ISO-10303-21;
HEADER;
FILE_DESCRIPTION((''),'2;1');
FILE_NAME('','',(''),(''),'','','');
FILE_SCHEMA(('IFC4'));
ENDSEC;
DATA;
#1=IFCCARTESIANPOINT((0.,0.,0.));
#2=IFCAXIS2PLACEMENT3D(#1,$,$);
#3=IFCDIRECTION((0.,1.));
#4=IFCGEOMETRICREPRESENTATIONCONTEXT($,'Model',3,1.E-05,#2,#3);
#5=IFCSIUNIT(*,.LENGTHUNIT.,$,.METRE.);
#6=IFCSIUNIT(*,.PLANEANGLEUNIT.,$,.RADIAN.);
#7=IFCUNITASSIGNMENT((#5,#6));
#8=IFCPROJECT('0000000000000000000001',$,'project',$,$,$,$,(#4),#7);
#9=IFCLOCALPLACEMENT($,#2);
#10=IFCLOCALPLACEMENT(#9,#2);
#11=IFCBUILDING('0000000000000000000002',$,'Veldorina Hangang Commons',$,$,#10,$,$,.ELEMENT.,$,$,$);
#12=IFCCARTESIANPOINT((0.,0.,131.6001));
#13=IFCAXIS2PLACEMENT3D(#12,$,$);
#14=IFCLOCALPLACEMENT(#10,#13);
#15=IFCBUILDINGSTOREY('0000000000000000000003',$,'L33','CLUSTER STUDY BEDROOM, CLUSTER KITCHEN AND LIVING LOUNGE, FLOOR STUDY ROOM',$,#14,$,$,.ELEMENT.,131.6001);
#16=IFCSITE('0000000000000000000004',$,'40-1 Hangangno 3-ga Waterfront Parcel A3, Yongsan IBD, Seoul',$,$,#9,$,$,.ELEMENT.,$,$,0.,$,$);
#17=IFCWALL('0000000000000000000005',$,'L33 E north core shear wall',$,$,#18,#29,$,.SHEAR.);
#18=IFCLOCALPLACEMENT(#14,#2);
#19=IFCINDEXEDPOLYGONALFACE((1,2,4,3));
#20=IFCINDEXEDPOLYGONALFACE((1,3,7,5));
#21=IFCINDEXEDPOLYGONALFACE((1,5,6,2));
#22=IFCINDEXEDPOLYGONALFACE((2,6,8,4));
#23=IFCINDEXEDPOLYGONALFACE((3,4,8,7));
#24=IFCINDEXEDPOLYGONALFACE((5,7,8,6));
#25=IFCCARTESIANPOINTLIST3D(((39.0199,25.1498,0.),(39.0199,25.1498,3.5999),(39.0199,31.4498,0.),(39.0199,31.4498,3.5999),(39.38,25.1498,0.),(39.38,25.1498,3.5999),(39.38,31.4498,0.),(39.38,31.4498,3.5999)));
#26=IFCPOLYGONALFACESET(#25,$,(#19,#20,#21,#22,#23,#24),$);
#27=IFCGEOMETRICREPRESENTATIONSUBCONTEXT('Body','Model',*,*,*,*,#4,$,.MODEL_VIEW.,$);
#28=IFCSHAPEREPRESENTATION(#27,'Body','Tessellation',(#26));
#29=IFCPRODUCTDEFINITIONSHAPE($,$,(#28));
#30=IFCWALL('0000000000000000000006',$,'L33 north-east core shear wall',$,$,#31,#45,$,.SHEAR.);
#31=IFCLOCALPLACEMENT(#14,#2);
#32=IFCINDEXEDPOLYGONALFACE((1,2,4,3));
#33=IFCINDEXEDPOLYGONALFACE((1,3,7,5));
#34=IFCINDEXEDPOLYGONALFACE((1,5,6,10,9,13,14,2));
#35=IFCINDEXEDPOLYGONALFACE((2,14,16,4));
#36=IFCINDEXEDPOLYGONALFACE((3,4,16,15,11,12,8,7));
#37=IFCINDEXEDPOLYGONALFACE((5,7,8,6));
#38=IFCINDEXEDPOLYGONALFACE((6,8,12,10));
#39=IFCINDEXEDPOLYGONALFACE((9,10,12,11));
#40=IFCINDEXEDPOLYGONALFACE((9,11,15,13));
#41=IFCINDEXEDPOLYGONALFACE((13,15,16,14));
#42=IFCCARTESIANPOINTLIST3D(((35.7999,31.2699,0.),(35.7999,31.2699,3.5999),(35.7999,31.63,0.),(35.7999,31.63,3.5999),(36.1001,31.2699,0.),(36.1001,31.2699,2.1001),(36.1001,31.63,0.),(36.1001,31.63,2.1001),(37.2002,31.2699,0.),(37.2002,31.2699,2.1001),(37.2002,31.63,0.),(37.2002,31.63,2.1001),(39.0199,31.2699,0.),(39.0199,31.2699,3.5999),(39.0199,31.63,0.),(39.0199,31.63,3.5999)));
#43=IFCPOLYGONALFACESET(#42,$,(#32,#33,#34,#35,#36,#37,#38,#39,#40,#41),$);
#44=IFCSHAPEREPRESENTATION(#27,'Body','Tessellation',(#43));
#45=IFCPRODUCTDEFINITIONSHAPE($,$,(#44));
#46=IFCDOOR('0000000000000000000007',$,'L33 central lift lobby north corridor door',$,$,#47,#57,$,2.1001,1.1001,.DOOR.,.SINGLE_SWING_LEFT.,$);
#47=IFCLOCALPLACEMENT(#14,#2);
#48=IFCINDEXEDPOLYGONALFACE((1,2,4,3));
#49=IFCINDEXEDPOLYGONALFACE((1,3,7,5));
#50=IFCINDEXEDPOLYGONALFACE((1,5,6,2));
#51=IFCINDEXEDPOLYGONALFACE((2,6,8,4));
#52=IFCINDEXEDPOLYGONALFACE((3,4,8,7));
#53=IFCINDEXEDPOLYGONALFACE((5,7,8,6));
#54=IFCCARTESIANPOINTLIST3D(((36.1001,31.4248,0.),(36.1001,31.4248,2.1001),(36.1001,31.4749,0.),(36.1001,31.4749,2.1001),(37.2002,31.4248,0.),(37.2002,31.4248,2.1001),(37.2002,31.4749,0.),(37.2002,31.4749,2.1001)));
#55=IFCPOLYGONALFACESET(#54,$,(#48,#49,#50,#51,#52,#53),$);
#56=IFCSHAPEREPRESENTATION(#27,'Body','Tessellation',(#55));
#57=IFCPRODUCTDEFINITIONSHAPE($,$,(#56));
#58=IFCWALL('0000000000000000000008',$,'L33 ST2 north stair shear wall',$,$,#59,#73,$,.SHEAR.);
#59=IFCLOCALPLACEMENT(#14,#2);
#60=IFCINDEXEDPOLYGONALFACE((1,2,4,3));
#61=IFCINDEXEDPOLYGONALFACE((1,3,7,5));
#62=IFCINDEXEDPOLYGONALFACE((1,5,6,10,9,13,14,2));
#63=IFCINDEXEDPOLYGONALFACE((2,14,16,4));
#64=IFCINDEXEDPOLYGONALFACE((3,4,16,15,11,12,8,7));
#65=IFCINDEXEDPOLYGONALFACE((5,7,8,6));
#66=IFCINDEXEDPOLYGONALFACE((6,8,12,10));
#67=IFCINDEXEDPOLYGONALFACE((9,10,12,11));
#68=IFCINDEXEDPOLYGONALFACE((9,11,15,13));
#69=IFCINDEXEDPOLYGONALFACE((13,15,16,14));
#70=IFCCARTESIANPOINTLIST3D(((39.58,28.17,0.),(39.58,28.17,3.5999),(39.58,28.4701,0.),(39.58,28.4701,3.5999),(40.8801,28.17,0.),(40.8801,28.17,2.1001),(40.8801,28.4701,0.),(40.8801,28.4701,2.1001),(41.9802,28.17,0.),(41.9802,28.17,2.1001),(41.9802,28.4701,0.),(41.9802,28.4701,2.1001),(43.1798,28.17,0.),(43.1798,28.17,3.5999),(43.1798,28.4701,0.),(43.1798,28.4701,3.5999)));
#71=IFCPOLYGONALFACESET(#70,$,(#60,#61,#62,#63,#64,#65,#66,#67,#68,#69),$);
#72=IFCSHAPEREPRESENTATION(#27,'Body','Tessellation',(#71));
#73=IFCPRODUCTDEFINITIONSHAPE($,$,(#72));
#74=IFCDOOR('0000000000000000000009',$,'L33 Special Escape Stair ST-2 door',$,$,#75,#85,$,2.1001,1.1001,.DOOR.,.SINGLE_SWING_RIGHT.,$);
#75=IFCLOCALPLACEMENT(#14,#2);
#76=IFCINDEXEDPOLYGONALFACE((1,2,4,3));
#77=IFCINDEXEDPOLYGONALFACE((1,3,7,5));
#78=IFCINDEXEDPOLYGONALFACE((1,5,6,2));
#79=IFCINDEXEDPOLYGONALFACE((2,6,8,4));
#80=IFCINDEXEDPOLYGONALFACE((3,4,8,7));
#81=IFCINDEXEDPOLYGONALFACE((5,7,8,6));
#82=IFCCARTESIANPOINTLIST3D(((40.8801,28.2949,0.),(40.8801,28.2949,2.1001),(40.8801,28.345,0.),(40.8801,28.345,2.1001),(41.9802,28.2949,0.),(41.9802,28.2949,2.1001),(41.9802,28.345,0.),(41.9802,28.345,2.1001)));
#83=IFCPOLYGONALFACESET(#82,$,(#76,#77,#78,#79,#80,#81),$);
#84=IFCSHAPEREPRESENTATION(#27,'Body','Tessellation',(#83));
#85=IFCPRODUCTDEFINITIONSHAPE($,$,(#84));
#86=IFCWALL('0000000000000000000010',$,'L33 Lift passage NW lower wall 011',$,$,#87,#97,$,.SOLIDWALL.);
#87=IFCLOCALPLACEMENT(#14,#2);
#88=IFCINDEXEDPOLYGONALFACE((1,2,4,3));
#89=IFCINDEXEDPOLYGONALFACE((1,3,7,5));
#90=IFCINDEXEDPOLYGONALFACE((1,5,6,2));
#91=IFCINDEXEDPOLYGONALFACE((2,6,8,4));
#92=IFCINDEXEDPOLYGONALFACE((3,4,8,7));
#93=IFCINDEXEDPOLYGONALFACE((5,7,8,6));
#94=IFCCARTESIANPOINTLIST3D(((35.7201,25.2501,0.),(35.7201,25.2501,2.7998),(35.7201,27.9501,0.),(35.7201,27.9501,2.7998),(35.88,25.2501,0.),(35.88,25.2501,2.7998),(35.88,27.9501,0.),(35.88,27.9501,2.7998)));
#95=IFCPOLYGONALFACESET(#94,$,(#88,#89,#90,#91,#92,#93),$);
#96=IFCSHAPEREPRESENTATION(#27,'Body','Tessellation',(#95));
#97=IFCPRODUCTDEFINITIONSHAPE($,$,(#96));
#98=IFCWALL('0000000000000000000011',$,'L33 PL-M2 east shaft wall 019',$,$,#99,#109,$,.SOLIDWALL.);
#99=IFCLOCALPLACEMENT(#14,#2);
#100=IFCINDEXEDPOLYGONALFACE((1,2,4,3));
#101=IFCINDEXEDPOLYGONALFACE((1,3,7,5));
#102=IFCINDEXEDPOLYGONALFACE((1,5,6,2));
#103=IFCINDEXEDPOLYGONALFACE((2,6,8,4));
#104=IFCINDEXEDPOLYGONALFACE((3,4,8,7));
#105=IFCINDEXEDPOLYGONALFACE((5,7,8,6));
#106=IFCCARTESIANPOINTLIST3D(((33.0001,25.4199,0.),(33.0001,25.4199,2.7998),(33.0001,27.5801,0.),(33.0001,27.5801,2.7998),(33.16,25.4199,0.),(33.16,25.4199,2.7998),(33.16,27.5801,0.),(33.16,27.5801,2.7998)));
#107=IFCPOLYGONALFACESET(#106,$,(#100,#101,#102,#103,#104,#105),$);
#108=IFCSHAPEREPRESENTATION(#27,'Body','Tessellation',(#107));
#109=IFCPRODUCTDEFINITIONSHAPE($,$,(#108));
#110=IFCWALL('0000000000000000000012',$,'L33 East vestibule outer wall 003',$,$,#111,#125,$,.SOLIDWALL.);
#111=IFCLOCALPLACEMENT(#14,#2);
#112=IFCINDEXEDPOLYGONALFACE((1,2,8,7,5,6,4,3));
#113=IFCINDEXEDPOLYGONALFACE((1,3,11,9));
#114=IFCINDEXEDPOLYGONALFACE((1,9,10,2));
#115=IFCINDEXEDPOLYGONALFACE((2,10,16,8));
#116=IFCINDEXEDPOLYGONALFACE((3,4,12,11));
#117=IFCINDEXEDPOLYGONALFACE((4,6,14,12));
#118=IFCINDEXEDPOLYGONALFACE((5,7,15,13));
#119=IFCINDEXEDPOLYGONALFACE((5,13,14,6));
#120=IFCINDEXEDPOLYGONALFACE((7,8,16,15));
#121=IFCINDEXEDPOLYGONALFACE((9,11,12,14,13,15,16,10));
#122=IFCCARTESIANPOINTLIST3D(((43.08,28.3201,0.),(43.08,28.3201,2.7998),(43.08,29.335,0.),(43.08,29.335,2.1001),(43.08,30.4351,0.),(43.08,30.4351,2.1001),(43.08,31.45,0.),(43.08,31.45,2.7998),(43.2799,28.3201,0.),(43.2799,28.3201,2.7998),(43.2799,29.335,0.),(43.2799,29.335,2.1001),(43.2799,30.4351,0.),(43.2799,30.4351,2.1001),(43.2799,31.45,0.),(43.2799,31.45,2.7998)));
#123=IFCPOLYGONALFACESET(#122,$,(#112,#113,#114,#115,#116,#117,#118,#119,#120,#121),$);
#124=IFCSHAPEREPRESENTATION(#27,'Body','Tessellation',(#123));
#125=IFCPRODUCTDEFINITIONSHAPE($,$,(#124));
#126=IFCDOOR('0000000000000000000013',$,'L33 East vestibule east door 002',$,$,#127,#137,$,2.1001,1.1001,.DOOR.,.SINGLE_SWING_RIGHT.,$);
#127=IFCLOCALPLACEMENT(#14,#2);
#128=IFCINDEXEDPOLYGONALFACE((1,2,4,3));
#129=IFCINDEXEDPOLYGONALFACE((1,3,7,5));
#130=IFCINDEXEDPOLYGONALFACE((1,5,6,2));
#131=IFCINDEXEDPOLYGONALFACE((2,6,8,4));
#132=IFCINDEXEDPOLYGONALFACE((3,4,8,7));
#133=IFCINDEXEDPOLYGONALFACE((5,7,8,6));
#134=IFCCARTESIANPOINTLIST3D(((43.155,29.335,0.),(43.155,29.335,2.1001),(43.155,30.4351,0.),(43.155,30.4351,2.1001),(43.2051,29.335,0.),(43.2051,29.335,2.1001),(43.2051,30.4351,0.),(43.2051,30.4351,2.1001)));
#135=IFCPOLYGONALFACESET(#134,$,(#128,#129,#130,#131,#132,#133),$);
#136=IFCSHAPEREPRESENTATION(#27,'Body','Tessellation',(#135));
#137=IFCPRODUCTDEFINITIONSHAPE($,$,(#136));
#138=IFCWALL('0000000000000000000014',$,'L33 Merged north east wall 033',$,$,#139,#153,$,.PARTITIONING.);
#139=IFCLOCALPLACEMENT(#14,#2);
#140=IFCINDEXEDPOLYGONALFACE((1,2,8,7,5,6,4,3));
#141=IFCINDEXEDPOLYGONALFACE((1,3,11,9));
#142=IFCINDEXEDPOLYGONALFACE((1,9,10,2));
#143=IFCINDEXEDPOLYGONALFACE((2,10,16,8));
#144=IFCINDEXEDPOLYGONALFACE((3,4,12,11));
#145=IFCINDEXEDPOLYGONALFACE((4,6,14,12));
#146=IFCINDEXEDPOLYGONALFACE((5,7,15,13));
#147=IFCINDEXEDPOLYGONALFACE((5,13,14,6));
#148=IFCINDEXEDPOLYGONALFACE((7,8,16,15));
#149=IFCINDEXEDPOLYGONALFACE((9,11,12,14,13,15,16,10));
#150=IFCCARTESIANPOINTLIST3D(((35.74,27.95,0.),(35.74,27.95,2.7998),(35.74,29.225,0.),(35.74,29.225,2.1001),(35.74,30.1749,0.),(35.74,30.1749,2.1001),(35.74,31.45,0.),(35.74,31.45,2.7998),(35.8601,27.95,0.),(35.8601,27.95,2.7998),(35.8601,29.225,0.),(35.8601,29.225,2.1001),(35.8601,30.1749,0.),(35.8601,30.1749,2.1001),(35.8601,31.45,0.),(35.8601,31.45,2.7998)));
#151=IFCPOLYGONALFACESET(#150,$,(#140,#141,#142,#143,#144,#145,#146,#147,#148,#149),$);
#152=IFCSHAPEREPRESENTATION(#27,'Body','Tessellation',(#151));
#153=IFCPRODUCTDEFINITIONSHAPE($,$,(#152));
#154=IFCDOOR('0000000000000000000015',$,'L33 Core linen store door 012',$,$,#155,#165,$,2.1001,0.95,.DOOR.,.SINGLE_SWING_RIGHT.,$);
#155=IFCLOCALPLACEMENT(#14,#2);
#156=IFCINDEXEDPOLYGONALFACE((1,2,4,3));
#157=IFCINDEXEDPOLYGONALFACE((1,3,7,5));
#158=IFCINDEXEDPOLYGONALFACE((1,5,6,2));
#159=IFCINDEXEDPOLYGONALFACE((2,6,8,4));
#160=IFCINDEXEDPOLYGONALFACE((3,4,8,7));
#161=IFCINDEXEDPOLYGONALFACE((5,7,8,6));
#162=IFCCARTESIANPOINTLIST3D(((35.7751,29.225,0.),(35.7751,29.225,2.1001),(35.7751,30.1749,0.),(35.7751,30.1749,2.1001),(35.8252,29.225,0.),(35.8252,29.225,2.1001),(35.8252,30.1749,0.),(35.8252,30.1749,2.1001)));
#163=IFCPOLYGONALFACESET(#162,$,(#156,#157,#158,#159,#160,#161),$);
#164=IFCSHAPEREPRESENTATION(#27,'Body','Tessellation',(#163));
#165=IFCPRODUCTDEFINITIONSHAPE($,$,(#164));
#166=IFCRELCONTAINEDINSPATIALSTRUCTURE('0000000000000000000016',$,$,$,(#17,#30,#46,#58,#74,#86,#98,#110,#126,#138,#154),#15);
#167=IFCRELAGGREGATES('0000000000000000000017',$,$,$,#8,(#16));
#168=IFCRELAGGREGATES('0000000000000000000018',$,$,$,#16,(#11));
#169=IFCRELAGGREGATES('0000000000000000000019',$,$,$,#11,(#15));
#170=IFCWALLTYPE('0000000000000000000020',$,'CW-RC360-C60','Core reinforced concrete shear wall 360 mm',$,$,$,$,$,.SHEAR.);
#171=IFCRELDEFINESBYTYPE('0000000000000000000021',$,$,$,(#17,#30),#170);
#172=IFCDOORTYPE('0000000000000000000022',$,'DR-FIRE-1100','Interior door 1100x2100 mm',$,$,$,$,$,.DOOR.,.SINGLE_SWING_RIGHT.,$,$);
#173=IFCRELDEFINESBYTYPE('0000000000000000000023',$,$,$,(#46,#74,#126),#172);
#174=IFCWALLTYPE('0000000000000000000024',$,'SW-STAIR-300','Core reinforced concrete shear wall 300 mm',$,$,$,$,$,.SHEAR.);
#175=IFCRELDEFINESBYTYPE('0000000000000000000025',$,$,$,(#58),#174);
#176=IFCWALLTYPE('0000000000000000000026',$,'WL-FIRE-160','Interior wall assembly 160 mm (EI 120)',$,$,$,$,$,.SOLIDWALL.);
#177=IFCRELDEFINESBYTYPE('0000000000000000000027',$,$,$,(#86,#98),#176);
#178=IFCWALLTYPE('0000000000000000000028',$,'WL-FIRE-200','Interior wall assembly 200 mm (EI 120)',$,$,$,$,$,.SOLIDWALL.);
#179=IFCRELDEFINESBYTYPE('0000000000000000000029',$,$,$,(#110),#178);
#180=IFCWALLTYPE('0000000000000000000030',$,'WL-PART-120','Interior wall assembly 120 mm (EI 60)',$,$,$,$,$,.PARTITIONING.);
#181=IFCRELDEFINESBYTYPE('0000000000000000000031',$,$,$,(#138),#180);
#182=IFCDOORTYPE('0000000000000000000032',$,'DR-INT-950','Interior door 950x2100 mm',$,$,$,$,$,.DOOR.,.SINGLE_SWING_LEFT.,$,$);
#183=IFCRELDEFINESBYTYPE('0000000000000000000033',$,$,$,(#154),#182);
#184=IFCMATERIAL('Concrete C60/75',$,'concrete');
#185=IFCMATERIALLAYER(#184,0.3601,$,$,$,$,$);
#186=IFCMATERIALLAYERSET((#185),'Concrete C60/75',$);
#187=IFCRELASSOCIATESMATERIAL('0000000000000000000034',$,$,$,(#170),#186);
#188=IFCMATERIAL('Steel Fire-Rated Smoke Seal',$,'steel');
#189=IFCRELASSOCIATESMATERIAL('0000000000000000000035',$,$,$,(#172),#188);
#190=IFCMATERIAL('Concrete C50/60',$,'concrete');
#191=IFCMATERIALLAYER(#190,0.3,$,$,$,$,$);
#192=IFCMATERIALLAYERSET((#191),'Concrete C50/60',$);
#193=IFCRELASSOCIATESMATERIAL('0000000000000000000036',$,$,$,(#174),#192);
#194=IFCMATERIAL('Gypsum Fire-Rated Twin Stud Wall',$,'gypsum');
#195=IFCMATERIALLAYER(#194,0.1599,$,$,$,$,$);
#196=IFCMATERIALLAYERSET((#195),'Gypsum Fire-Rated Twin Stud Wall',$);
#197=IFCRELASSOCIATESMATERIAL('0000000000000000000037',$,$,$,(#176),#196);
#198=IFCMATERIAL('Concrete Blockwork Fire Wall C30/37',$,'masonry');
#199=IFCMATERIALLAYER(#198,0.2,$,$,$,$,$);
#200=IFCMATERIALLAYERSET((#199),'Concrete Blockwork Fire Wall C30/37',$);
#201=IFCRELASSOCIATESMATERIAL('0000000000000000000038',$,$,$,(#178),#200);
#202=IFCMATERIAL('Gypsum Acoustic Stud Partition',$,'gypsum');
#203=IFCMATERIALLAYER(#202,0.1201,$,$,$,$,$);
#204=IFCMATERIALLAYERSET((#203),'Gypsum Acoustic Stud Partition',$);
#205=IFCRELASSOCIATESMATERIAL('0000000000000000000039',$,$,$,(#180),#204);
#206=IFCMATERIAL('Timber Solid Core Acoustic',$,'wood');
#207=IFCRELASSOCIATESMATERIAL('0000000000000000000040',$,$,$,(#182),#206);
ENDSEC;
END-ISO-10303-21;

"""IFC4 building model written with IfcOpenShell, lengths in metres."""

from ifc_helpers import new_model, si_unit, direction, frame, frame_2d, origin, place, context, subcontext, project, spatial, rectangle, extrude, material, layer, layer_set, type_object, element, fill, save


model = new_model("IFC4")

# Units and contexts
model_context = context("Model", 3, precision=1e-05, world=origin(), true_north=direction((0.0, 1.0)))
body_context = subcontext(model_context, "Body", "Model", "MODEL_VIEW")
ifc_project = project(units=[si_unit("LENGTHUNIT", "METRE"), si_unit("PLANEANGLEUNIT", "RADIAN")], contexts=[model_context])

# Site, building, storey
site_placement = place(None, origin())
site = spatial("IfcSite", under=ifc_project, at=site_placement, Name="40-1 Hangangno 3-ga Waterfront Parcel A3, Yongsan IBD, Seoul", CompositionType="ELEMENT", RefElevation=0.0)
building_placement = place(site_placement, origin())
building = spatial("IfcBuilding", under=site, at=building_placement, Name="Veldorina Hangang Commons", CompositionType="ELEMENT")
storey_placement = place(building_placement, frame((0.0, 0.0, 131.6001)))
storey = spatial("IfcBuildingStorey", under=building, at=storey_placement, Name="L33", Description="CLUSTER STUDY BEDROOM, CLUSTER KITCHEN AND LIVING LOUNGE, FLOOR STUDY ROOM", CompositionType="ELEMENT", Elevation=131.6001)

# Wall
ifc_material_1 = material(Name="Concrete C60/75", Category="concrete")
ifc_layer_1 = layer(ifc_material_1, 0.3601)
ifc_layer_set_1 = layer_set([ifc_layer_1], Name="Concrete C60/75")
wall_type_1 = type_object("IfcWallType", Name="CW-RC360-C60", Description="Core reinforced concrete shear wall 360 mm", PredefinedType="SHEAR", material=ifc_layer_set_1)
wall_1_placement = place(storey_placement, frame((39.2, 25.1499, 0.0), z_axis=(0.0, 0.0, 1.0), x_axis=(0.0, 1.0, 0.0)))
element("IfcWall", 1, at=wall_1_placement, inside=storey, type_object=wall_type_1, Name="L33 E north core shear wall", PredefinedType="SHEAR", context=body_context, shape_type="SweptSolid", body=[
    extrude(rectangle(XDim=6.3, YDim=0.3601, at=frame_2d((3.1499, 0.0))), origin(), (0.0, 0.0, 1.0), 3.5999),
])

# Walls, openings, doors
wall_2_placement = place(storey_placement, frame((35.8, 31.45, 0.0), z_axis=(0.0, 0.0, 1.0), x_axis=(1.0, 0.0, 0.0)))
wall_2 = element("IfcWall", 2, at=wall_2_placement, inside=storey, type_object=wall_type_1, Name="L33 north-east core shear wall", PredefinedType="SHEAR", context=body_context, shape_type="SweptSolid", body=[
    extrude(rectangle(XDim=3.22, YDim=0.3601, at=frame_2d((1.6099, 0.0))), origin(), (0.0, 0.0, 1.0), 3.5999),
])
opening_1_placement = place(wall_2_placement, frame((0.3, 0.0, 0.0)))
opening_1 = element("IfcOpeningElement", 3, at=opening_1_placement, cuts=wall_2, PredefinedType="OPENING", context=body_context, shape_type="SweptSolid", body=[
    extrude(rectangle(XDim=1.1001, YDim=2.1001, at=frame_2d((0.55, 1.05))), frame((0.0, 0.1899, 0.0), z_axis=(0.0, -1.0, 0.0), x_axis=(1.0, 0.0, 0.0)), (0.0, 0.0, 1.0), 0.3801),
])
ifc_material_2 = material(Name="Steel Fire-Rated Smoke Seal", Category="steel")
door_type_1 = type_object("IfcDoorType", Name="DR-FIRE-1100", Description="Interior door 1100x2100 mm", OperationType="SINGLE_SWING_RIGHT", PredefinedType="DOOR", material=ifc_material_2)
door_1_placement = place(opening_1_placement, origin())
door_1 = element("IfcDoor", 4, at=door_1_placement, inside=storey, type_object=door_type_1, Name="L33 central lift lobby north corridor door", OperationType="SINGLE_SWING_LEFT", OverallHeight=2.1001, OverallWidth=1.1001, PredefinedType="DOOR", context=body_context, shape_type="SweptSolid", body=[
    extrude(rectangle(XDim=1.1001, YDim=2.1001, at=frame_2d((0.55, 1.05))), frame((0.0, 0.0249, 0.0), z_axis=(0.0, -1.0, 0.0), x_axis=(1.0, 0.0, 0.0)), (0.0, 0.0, 1.0), 0.05),
])
fill(opening_1, door_1)
ifc_material_3 = material(Name="Concrete C50/60", Category="concrete")
ifc_layer_2 = layer(ifc_material_3, 0.3)
ifc_layer_set_2 = layer_set([ifc_layer_2], Name="Concrete C50/60")
wall_type_2 = type_object("IfcWallType", Name="SW-STAIR-300", Description="Core reinforced concrete shear wall 300 mm", PredefinedType="SHEAR", material=ifc_layer_set_2)
wall_3_placement = place(storey_placement, frame((39.5801, 28.3201, 0.0), z_axis=(0.0, 0.0, 1.0), x_axis=(1.0, 0.0, 0.0)))
wall_3 = element("IfcWall", 5, at=wall_3_placement, inside=storey, type_object=wall_type_2, Name="L33 ST2 north stair shear wall", PredefinedType="SHEAR", context=body_context, shape_type="SweptSolid", body=[
    extrude(rectangle(XDim=3.5999, YDim=0.3, at=frame_2d((1.7998, 0.0))), origin(), (0.0, 0.0, 1.0), 3.5999),
])
opening_2_placement = place(wall_3_placement, frame((1.3, 0.0, 0.0)))
opening_2 = element("IfcOpeningElement", 6, at=opening_2_placement, cuts=wall_3, PredefinedType="OPENING", context=body_context, shape_type="SweptSolid", body=[
    extrude(rectangle(XDim=1.1001, YDim=2.1001, at=frame_2d((0.55, 1.05))), frame((0.0, 0.1602, 0.0), z_axis=(0.0, -1.0, 0.0), x_axis=(1.0, 0.0, 0.0)), (0.0, 0.0, 1.0), 0.3201),
])
door_2_placement = place(opening_2_placement, origin())
door_2 = element("IfcDoor", 7, at=door_2_placement, inside=storey, type_object=door_type_1, Name="L33 Special Escape Stair ST-2 door", OperationType="SINGLE_SWING_RIGHT", OverallHeight=2.1001, OverallWidth=1.1001, PredefinedType="DOOR", context=body_context, shape_type="SweptSolid", body=[
    extrude(rectangle(XDim=1.1001, YDim=2.1001, at=frame_2d((0.55, 1.05))), frame((0.0, 0.0249, 0.0), z_axis=(0.0, -1.0, 0.0), x_axis=(1.0, 0.0, 0.0)), (0.0, 0.0, 1.0), 0.05),
])
fill(opening_2, door_2)

# Walls
ifc_material_4 = material(Name="Gypsum Fire-Rated Twin Stud Wall", Category="gypsum")
ifc_layer_3 = layer(ifc_material_4, 0.1599)
ifc_layer_set_3 = layer_set([ifc_layer_3], Name="Gypsum Fire-Rated Twin Stud Wall")
wall_type_3 = type_object("IfcWallType", Name="WL-FIRE-160", Description="Interior wall assembly 160 mm (EI 120)", PredefinedType="SOLIDWALL", material=ifc_layer_set_3)
wall_4_placement = place(storey_placement, frame((35.8, 25.25, 0.0), z_axis=(0.0, 0.0, 1.0), x_axis=(0.0, 1.0, 0.0)))
element("IfcWall", 8, at=wall_4_placement, inside=storey, type_object=wall_type_3, Name="L33 Lift passage NW lower wall 011", PredefinedType="SOLIDWALL", context=body_context, shape_type="SweptSolid", body=[
    extrude(rectangle(XDim=2.7, YDim=0.1599, at=frame_2d((1.3501, 0.0))), origin(), (0.0, 0.0, 1.0), 2.7998),
])
wall_5_placement = place(storey_placement, frame((33.0801, 25.4199, 0.0), z_axis=(0.0, 0.0, 1.0), x_axis=(0.0, 1.0, 0.0)))
element("IfcWall", 9, at=wall_5_placement, inside=storey, type_object=wall_type_3, Name="L33 PL-M2 east shaft wall 019", PredefinedType="SOLIDWALL", context=body_context, shape_type="SweptSolid", body=[
    extrude(rectangle(XDim=2.1602, YDim=0.1599, at=frame_2d((1.0801, 0.0))), origin(), (0.0, 0.0, 1.0), 2.7998),
])

# Walls, openings, doors
ifc_material_5 = material(Name="Concrete Blockwork Fire Wall C30/37", Category="masonry")
ifc_layer_4 = layer(ifc_material_5, 0.2)
ifc_layer_set_4 = layer_set([ifc_layer_4], Name="Concrete Blockwork Fire Wall C30/37")
wall_type_4 = type_object("IfcWallType", Name="WL-FIRE-200", Description="Interior wall assembly 200 mm (EI 120)", PredefinedType="SOLIDWALL", material=ifc_layer_set_4)
wall_6_placement = place(storey_placement, frame((43.1799, 28.3201, 0.0), z_axis=(0.0, 0.0, 1.0), x_axis=(0.0, 1.0, 0.0)))
wall_6 = element("IfcWall", 10, at=wall_6_placement, inside=storey, type_object=wall_type_4, Name="L33 East vestibule outer wall 003", PredefinedType="SOLIDWALL", context=body_context, shape_type="SweptSolid", body=[
    extrude(rectangle(XDim=3.1299, YDim=0.2, at=frame_2d((1.5649, 0.0))), origin(), (0.0, 0.0, 1.0), 2.7998),
])
opening_3_placement = place(wall_6_placement, frame((1.0149, 0.0, 0.0)))
opening_3 = element("IfcOpeningElement", 11, at=opening_3_placement, cuts=wall_6, PredefinedType="OPENING", context=body_context, shape_type="SweptSolid", body=[
    extrude(rectangle(XDim=1.1001, YDim=2.1001, at=frame_2d((0.55, 1.05))), frame((0.0, 0.1099, 0.0), z_axis=(0.0, -1.0, 0.0), x_axis=(1.0, 0.0, 0.0)), (0.0, 0.0, 1.0), 0.22),
])
door_3_placement = place(opening_3_placement, origin())
door_3 = element("IfcDoor", 12, at=door_3_placement, inside=storey, type_object=door_type_1, Name="L33 East vestibule east door 002", OperationType="SINGLE_SWING_RIGHT", OverallHeight=2.1001, OverallWidth=1.1001, PredefinedType="DOOR", context=body_context, shape_type="SweptSolid", body=[
    extrude(rectangle(XDim=1.1001, YDim=2.1001, at=frame_2d((0.55, 1.05))), frame((0.0, 0.0249, 0.0), z_axis=(0.0, -1.0, 0.0), x_axis=(1.0, 0.0, 0.0)), (0.0, 0.0, 1.0), 0.05),
])
fill(opening_3, door_3)
ifc_material_6 = material(Name="Gypsum Acoustic Stud Partition", Category="gypsum")
ifc_layer_5 = layer(ifc_material_6, 0.1201)
ifc_layer_set_5 = layer_set([ifc_layer_5], Name="Gypsum Acoustic Stud Partition")
wall_type_5 = type_object("IfcWallType", Name="WL-PART-120", Description="Interior wall assembly 120 mm (EI 60)", PredefinedType="PARTITIONING", material=ifc_layer_set_5)
wall_7_placement = place(storey_placement, frame((35.8, 27.95, 0.0), z_axis=(0.0, 0.0, 1.0), x_axis=(0.0, 1.0, 0.0)))
wall_7 = element("IfcWall", 13, at=wall_7_placement, inside=storey, type_object=wall_type_5, Name="L33 Merged north east wall 033", PredefinedType="PARTITIONING", context=body_context, shape_type="SweptSolid", body=[
    extrude(rectangle(XDim=3.5, YDim=0.1201, at=frame_2d((1.75, 0.0))), origin(), (0.0, 0.0, 1.0), 2.7998),
])
opening_4_placement = place(wall_7_placement, frame((1.2749, 0.0, 0.0)))
opening_4 = element("IfcOpeningElement", 14, at=opening_4_placement, cuts=wall_7, PredefinedType="OPENING", context=body_context, shape_type="SweptSolid", body=[
    extrude(rectangle(XDim=0.95, YDim=2.1001, at=frame_2d((0.4751, 1.05))), frame((0.0, 0.0701, 0.0), z_axis=(0.0, -1.0, 0.0), x_axis=(1.0, 0.0, 0.0)), (0.0, 0.0, 1.0), 0.1401),
])
ifc_material_7 = material(Name="Timber Solid Core Acoustic", Category="wood")
door_type_2 = type_object("IfcDoorType", Name="DR-INT-950", Description="Interior door 950x2100 mm", OperationType="SINGLE_SWING_LEFT", PredefinedType="DOOR", material=ifc_material_7)
door_4_placement = place(opening_4_placement, origin())
door_4 = element("IfcDoor", 15, at=door_4_placement, inside=storey, type_object=door_type_2, Name="L33 Core linen store door 012", OperationType="SINGLE_SWING_RIGHT", OverallHeight=2.1001, OverallWidth=0.95, PredefinedType="DOOR", context=body_context, shape_type="SweptSolid", body=[
    extrude(rectangle(XDim=0.95, YDim=2.1001, at=frame_2d((0.4751, 1.05))), frame((0.0, 0.0249, 0.0), z_axis=(0.0, -1.0, 0.0), x_axis=(1.0, 0.0, 0.0)), (0.0, 0.0, 1.0), 0.05),
])
fill(opening_4, door_4)

save(model, "model.ifc")
